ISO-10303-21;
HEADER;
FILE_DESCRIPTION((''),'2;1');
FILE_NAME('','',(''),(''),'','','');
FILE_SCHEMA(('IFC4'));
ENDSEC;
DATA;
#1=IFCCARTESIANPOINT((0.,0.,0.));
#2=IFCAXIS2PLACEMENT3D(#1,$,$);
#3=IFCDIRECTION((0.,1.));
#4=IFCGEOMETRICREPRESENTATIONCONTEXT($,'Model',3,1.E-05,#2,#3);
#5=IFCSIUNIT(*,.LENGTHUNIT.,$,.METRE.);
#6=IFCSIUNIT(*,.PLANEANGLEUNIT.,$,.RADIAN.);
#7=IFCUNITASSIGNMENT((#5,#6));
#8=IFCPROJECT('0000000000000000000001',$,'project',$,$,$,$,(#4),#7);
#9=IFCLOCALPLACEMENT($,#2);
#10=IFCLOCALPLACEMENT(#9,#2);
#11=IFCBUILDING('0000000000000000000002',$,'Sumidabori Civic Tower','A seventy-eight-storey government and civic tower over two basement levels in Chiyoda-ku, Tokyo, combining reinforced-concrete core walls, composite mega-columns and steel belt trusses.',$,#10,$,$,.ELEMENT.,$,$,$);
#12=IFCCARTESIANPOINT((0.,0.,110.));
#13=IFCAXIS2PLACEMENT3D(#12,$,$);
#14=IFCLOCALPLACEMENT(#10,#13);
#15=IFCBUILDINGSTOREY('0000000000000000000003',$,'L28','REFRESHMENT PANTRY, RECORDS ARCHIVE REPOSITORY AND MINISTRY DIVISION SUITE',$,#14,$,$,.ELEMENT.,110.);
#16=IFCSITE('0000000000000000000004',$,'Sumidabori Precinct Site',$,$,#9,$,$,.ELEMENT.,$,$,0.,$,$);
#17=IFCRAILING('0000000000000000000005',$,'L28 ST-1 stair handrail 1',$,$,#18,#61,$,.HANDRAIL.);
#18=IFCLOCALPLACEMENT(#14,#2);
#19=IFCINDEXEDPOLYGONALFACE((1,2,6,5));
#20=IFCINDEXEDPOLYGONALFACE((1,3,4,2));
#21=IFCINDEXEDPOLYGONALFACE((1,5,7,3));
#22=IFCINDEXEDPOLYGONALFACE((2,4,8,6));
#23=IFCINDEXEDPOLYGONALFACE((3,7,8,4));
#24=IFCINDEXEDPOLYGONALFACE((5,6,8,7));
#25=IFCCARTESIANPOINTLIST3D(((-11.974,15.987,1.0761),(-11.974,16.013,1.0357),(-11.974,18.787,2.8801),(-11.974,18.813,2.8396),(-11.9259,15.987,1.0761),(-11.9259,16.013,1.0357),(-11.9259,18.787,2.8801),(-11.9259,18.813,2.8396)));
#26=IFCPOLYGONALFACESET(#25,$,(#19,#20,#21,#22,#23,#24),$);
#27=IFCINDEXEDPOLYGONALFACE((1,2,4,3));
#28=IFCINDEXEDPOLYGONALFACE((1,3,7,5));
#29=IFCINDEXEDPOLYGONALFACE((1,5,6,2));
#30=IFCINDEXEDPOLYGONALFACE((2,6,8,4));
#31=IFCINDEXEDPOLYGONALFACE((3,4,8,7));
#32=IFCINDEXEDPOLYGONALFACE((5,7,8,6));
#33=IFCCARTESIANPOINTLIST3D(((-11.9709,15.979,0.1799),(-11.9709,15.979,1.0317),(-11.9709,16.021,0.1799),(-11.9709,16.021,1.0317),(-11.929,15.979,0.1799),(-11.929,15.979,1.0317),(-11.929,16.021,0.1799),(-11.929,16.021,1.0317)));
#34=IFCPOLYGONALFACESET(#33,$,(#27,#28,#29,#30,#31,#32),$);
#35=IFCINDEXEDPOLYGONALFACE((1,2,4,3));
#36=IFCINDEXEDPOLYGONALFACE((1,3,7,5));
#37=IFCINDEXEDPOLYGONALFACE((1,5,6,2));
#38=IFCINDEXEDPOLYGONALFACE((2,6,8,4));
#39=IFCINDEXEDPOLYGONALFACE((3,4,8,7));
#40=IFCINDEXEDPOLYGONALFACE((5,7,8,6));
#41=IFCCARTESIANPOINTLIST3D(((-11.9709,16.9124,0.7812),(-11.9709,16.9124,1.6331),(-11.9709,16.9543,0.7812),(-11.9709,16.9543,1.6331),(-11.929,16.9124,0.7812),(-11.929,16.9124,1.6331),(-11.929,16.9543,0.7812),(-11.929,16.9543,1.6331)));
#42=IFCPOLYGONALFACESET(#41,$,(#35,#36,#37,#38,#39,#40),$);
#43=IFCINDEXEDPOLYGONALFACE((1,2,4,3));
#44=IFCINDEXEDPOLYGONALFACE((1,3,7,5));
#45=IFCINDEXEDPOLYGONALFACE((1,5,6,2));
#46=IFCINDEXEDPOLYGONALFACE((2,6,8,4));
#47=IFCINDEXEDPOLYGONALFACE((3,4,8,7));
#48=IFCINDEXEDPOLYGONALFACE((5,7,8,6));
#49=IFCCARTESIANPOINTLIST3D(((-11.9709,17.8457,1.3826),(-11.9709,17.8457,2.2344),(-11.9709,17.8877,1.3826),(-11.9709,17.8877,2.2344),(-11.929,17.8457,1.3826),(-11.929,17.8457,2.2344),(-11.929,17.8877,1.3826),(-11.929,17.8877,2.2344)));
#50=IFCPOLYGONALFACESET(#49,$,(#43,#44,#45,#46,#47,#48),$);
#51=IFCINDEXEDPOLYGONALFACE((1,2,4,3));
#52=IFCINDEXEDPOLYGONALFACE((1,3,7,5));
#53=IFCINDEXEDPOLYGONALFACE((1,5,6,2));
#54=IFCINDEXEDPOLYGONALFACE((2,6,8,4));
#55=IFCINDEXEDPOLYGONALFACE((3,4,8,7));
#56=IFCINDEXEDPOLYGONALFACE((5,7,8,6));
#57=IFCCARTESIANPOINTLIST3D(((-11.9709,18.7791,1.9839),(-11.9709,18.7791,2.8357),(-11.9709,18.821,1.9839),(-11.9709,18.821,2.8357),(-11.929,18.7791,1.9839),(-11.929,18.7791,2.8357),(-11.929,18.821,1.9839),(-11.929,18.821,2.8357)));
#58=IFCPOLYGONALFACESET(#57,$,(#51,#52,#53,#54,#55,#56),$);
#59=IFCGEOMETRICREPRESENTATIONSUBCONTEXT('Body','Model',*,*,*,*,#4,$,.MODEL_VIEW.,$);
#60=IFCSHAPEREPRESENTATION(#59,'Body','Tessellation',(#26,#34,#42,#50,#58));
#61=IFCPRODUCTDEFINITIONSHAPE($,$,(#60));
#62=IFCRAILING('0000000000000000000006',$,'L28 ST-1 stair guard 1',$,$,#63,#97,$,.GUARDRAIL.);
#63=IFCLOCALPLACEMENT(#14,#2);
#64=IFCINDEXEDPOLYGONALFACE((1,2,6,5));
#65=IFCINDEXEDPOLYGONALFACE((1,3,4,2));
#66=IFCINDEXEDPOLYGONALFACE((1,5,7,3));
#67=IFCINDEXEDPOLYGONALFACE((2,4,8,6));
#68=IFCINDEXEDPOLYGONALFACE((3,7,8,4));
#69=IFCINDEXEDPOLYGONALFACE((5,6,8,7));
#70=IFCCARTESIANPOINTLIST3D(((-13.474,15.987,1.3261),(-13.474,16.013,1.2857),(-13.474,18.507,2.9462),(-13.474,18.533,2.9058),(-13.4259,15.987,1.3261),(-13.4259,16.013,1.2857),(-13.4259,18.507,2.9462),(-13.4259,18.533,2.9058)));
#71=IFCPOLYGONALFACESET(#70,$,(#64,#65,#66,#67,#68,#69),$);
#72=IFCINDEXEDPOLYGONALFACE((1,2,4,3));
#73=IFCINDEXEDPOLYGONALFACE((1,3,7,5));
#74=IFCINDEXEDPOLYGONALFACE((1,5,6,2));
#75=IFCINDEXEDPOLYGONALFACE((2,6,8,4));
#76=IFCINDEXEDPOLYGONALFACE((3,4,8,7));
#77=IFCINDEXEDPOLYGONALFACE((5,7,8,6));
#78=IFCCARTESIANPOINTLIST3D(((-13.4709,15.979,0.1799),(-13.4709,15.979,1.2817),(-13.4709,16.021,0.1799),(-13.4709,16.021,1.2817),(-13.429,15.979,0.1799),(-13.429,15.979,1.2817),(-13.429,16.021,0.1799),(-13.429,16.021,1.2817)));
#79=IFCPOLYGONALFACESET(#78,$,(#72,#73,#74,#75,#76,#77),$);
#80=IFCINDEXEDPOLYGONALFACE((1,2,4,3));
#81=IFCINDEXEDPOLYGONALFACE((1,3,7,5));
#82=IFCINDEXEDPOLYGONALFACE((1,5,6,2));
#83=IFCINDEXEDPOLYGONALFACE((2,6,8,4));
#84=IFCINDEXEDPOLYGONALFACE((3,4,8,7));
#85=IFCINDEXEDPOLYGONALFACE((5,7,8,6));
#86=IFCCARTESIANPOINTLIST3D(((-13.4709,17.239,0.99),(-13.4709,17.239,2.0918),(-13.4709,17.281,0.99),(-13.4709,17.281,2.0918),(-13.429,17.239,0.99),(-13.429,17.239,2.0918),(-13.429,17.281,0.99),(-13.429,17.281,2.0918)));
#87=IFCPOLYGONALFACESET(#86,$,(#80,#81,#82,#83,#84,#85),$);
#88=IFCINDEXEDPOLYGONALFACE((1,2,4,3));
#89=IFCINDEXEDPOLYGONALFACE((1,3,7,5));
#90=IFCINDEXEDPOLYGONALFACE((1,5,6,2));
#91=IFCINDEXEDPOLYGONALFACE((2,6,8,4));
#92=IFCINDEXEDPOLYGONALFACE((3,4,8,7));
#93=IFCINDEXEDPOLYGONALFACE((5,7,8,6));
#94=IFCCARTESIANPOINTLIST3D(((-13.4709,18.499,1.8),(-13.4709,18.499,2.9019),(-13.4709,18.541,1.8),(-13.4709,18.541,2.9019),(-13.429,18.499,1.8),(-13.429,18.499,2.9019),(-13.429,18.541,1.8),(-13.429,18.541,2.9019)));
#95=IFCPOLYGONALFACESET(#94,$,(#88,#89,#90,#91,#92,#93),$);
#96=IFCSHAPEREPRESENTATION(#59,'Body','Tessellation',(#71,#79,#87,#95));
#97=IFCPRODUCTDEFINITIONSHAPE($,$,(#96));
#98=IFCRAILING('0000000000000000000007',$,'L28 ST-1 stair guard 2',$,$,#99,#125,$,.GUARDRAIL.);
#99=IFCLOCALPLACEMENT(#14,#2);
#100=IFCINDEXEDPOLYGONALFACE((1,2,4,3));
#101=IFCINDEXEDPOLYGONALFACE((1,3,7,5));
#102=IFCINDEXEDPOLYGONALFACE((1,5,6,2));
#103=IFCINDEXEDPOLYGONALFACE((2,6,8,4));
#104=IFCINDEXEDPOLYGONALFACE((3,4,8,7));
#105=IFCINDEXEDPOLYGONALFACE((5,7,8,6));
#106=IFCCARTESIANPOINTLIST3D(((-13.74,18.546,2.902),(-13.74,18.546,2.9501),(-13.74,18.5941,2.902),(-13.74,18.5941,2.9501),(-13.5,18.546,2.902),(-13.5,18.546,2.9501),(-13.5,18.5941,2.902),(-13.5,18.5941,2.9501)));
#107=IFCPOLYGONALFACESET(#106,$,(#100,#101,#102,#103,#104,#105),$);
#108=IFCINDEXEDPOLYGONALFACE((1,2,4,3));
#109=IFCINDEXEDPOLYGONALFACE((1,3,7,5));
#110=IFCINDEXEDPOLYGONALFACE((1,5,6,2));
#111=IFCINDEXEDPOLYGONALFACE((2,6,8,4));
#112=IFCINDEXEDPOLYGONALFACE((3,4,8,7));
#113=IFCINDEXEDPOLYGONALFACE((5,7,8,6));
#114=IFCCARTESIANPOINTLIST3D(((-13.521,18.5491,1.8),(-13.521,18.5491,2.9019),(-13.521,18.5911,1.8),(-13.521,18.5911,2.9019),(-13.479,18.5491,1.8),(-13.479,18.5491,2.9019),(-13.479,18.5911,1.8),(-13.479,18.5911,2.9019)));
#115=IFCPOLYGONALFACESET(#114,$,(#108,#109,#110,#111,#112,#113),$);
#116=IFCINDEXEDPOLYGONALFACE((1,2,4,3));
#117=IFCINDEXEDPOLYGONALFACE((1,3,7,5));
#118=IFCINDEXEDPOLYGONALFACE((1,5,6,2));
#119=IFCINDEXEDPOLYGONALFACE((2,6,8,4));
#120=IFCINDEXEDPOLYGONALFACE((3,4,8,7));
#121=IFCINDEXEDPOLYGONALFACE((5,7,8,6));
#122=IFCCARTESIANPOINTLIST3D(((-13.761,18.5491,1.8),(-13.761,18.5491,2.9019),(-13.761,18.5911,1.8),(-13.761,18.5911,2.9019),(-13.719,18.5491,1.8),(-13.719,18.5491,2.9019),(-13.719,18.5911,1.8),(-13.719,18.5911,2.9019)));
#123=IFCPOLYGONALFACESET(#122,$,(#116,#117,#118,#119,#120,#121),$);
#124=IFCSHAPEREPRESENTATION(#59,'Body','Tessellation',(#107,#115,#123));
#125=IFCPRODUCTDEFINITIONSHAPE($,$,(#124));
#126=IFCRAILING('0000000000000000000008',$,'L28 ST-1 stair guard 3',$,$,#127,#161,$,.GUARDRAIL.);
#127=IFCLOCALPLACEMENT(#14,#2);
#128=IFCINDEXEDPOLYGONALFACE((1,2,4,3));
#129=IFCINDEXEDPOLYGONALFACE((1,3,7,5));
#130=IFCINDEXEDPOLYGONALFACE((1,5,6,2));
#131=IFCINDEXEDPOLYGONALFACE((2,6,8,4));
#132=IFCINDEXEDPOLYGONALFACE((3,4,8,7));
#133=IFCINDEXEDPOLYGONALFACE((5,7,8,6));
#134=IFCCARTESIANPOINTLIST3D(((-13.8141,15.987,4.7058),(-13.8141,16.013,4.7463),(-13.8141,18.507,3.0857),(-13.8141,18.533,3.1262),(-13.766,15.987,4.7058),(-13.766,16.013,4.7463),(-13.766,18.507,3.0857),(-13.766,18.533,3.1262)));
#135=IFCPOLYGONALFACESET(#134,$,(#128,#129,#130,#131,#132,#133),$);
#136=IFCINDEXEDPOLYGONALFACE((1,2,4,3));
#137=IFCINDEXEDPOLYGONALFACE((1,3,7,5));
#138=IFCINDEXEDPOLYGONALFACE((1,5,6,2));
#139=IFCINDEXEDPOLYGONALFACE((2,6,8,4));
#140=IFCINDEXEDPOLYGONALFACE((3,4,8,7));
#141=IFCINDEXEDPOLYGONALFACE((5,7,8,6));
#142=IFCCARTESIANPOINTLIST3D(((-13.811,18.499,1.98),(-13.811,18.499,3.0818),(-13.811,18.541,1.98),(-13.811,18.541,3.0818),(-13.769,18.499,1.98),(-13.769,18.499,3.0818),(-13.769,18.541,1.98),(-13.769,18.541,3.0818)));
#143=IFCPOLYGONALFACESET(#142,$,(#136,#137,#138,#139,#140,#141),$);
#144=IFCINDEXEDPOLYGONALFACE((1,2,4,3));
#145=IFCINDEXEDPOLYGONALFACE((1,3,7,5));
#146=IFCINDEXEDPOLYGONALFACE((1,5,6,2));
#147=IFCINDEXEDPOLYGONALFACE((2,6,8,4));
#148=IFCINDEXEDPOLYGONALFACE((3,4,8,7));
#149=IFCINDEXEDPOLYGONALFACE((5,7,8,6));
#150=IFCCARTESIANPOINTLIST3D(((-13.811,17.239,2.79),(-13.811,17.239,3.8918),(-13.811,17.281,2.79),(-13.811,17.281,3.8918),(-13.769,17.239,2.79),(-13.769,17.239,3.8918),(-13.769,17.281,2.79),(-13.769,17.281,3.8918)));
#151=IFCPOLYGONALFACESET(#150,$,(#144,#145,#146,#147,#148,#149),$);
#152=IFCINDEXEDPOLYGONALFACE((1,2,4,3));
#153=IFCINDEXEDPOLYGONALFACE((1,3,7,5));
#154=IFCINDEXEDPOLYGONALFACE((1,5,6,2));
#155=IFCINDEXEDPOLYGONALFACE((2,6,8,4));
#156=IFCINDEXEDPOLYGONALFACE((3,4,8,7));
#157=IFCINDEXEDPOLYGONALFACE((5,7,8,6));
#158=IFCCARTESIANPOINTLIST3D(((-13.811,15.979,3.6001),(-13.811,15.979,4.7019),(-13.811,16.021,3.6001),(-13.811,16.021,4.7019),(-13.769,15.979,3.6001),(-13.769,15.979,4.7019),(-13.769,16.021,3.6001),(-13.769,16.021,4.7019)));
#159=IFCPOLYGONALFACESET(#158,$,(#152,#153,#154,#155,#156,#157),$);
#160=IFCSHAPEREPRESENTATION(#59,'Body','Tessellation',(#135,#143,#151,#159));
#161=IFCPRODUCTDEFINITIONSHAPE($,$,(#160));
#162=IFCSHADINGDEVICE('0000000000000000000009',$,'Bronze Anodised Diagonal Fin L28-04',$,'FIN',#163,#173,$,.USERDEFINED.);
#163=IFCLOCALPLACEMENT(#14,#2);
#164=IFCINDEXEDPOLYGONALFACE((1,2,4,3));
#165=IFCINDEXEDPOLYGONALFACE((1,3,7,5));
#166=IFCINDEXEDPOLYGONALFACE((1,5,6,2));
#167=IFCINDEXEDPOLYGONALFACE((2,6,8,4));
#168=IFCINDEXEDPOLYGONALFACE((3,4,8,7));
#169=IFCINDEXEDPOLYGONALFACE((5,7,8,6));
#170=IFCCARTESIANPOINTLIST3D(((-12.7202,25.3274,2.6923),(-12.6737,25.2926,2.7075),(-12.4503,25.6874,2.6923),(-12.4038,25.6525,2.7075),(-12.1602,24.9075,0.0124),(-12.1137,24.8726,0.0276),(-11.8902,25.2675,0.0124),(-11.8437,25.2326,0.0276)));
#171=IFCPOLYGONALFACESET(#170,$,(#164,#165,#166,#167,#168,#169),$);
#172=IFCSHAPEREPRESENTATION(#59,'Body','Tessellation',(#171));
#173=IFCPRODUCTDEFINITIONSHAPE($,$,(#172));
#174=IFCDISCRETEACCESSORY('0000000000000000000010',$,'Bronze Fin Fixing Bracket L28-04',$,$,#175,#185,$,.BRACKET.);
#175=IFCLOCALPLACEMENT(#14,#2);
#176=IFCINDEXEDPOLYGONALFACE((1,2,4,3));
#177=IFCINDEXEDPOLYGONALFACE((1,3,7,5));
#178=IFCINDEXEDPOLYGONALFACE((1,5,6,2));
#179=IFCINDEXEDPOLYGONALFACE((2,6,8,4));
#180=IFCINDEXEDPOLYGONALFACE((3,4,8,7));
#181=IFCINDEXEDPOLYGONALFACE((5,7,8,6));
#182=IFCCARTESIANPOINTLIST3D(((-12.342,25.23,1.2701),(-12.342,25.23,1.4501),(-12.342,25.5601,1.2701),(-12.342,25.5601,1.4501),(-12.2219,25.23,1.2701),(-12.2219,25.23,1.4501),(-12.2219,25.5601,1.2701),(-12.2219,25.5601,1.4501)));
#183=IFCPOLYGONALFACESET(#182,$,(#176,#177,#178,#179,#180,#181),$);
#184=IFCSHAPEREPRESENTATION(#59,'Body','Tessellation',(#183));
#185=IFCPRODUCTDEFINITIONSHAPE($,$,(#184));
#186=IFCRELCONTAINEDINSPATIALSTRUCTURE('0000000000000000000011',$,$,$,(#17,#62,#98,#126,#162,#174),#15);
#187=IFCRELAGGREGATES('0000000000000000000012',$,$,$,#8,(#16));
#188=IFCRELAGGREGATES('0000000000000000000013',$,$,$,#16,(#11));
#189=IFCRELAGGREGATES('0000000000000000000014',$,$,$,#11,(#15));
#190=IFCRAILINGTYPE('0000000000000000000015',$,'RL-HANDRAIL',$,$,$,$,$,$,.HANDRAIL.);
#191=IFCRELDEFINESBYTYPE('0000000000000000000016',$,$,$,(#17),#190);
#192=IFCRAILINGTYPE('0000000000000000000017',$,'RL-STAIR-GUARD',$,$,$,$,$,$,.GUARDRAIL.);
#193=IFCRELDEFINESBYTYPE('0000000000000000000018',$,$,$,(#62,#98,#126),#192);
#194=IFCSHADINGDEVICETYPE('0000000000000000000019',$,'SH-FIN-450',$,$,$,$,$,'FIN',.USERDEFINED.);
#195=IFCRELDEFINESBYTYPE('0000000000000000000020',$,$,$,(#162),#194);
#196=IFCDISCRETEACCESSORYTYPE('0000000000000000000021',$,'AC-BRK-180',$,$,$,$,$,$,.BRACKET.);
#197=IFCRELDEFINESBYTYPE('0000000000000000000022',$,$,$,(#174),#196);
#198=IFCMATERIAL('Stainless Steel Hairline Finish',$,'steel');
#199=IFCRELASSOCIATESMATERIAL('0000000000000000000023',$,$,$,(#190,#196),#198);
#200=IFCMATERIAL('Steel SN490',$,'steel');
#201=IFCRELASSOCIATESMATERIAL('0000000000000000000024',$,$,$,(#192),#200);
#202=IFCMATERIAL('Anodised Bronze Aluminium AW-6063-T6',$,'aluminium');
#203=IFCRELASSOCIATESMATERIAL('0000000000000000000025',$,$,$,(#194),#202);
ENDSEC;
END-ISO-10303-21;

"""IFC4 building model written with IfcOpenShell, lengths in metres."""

from ifc_helpers import new_model, si_unit, direction, frame, origin, origin_2d, place, context, subcontext, project, spatial, rectangle, extrude, source, transform, mapped, material, material_profile, profile_set, type_object, element, save


model = new_model("IFC4")

# Units and contexts
model_context = context("Model", 3, precision=1e-05, world=origin(), true_north=direction((0.0, 1.0)))
body_context = subcontext(model_context, "Body", "Model", "MODEL_VIEW")
ifc_project = project(units=[si_unit("LENGTHUNIT", "METRE"), si_unit("PLANEANGLEUNIT", "RADIAN")], contexts=[model_context])

# Site, building, storey
site_placement = place(None, origin())
site = spatial("IfcSite", under=ifc_project, at=site_placement, Name="Sumidabori Precinct Site", CompositionType="ELEMENT", RefElevation=0.0)
building_placement = place(site_placement, origin())
building = spatial("IfcBuilding", under=site, at=building_placement, Name="Sumidabori Civic Tower", Description="A seventy-eight-storey government and civic tower over two basement levels in Chiyoda-ku, Tokyo, combining reinforced-concrete core walls, composite mega-columns and steel belt trusses.", CompositionType="ELEMENT")
storey_placement = place(building_placement, frame((0.0, 0.0, 110.0)))
storey = spatial("IfcBuildingStorey", under=building, at=storey_placement, Name="L28", Description="REFRESHMENT PANTRY, RECORDS ARCHIVE REPOSITORY AND MINISTRY DIVISION SUITE", CompositionType="ELEMENT", Elevation=110.0)

# Shared definitions
ifc_material_1 = material(Name="Anodised Bronze Aluminium AW-6063-T6", Category="aluminium")

# Railings
ifc_material_2 = material(Name="Stainless Steel Hairline Finish", Category="steel")
railing_type_1 = type_object("IfcRailingType", Name="RL-HANDRAIL", PredefinedType="HANDRAIL", material=ifc_material_2)
railing_1_placement = place(storey_placement, frame((-11.95, 16.0, 0.1799)))
element("IfcRailing", 1, at=railing_1_placement, inside=storey, type_object=railing_type_1, Name="L28 ST-1 stair handrail 1", PredefinedType="HANDRAIL", context=body_context, shape_type="SweptSolid", body=[
    extrude(rectangle(XDim=0.0481, YDim=0.0481, at=origin_2d()), frame((0.0, 0.0, 0.876), z_axis=(0.0, 0.840642, 0.541591), x_axis=(-1.0, 0.0, 0.0)), (0.0, 0.0, 1.0), 3.3308),
    extrude(rectangle(XDim=0.042, YDim=0.042, at=origin_2d()), origin(), (0.0, 0.0, 1.0), 0.8518),
    extrude(rectangle(XDim=0.042, YDim=0.042, at=origin_2d()), frame((0.0, 0.9333, 0.6013)), (0.0, 0.0, 1.0), 0.8518),
    extrude(rectangle(XDim=0.042, YDim=0.042, at=origin_2d()), frame((0.0, 1.8667, 1.2026)), (0.0, 0.0, 1.0), 0.8518),
    extrude(rectangle(XDim=0.042, YDim=0.042, at=origin_2d()), frame((0.0, 2.8, 1.804)), (0.0, 0.0, 1.0), 0.8518),
])
ifc_material_3 = material(Name="Steel SN490", Category="steel")
railing_type_2 = type_object("IfcRailingType", Name="RL-STAIR-GUARD", PredefinedType="GUARDRAIL", material=ifc_material_3)
railing_2_placement = place(storey_placement, frame((-13.45, 16.0, 0.1799)))
element("IfcRailing", 2, at=railing_2_placement, inside=storey, type_object=railing_type_2, Name="L28 ST-1 stair guard 1", PredefinedType="GUARDRAIL", context=body_context, shape_type="SweptSolid", body=[
    extrude(rectangle(XDim=0.0481, YDim=0.0481, at=origin_2d()), frame((0.0, 0.0, 1.126), z_axis=(0.0, 0.841163, 0.540782), x_axis=(-1.0, 0.0, 0.0)), (0.0, 0.0, 1.0), 2.9958),
    extrude(rectangle(XDim=0.042, YDim=0.042, at=origin_2d()), origin(), (0.0, 0.0, 1.0), 1.1018),
    extrude(rectangle(XDim=0.042, YDim=0.042, at=origin_2d()), frame((0.0, 1.26, 0.8101)), (0.0, 0.0, 1.0), 1.1018),
    extrude(rectangle(XDim=0.042, YDim=0.042, at=origin_2d()), frame((0.0, 2.52, 1.6201)), (0.0, 0.0, 1.0), 1.1018),
])
railing_3_placement = place(storey_placement, frame((-13.5, 18.5701, 1.8)))
element("IfcRailing", 3, at=railing_3_placement, inside=storey, type_object=railing_type_2, Name="L28 ST-1 stair guard 2", PredefinedType="GUARDRAIL", context=body_context, shape_type="SweptSolid", body=[
    extrude(rectangle(XDim=0.0481, YDim=0.0481, at=origin_2d()), frame((0.0, 0.0, 1.126), z_axis=(-1.0, 0.0, 0.0), x_axis=(0.0, -1.0, 0.0)), (0.0, 0.0, 1.0), 0.24),
    extrude(rectangle(XDim=0.042, YDim=0.042, at=origin_2d()), origin(), (0.0, 0.0, 1.0), 1.1018),
    extrude(rectangle(XDim=0.042, YDim=0.042, at=origin_2d()), frame((-0.24, 0.0, 0.0)), (0.0, 0.0, 1.0), 1.1018),
])
railing_4_placement = place(storey_placement, frame((-13.79, 18.52, 1.98)))
element("IfcRailing", 4, at=railing_4_placement, inside=storey, type_object=railing_type_2, Name="L28 ST-1 stair guard 3", PredefinedType="GUARDRAIL", context=body_context, shape_type="SweptSolid", body=[
    extrude(rectangle(XDim=0.0481, YDim=0.0481, at=origin_2d()), frame((0.0, 0.0, 1.126), z_axis=(0.0, -0.841163, 0.540782), x_axis=(1.0, 0.0, 0.0)), (0.0, 0.0, 1.0), 2.9958),
    extrude(rectangle(XDim=0.042, YDim=0.042, at=origin_2d()), origin(), (0.0, 0.0, 1.0), 1.1018),
    extrude(rectangle(XDim=0.042, YDim=0.042, at=origin_2d()), frame((0.0, -1.26, 0.8101)), (0.0, 0.0, 1.0), 1.1018),
    extrude(rectangle(XDim=0.042, YDim=0.042, at=origin_2d()), frame((0.0, -2.52, 1.6201)), (0.0, 0.0, 1.0), 1.1018),
])

# Shading device
ifc_material_profile_1 = material_profile(ifc_material_1, rectangle(XDim=0.0601, YDim=0.45, at=origin_2d()), Name="BRONZE FIN 450x60")
ifc_profile_set_1 = profile_set([ifc_material_profile_1], Name="Anodised Bronze Aluminium AW-6063-T6")
shading_device_type = type_object("IfcShadingDeviceType", Name="SH-FIN-450", ElementType="FIN", PredefinedType="USERDEFINED", material=ifc_profile_set_1)
shared_shape_1 = source(origin(), body_context, "Body", "SweptSolid", [
    extrude(rectangle(XDim=0.0601, YDim=0.45, at=origin_2d()), origin(), (0.0, 0.0, 1.0), 2.7698),
])
shading_device_placement = place(storey_placement, frame((-12.002, 25.0701, 0.02), z_axis=(-0.202199, 0.151605, 0.967539), x_axis=(0.774112, -0.580415, 0.252722)))
element("IfcShadingDevice", 5, at=shading_device_placement, inside=storey, type_object=shading_device_type, Name="Bronze Anodised Diagonal Fin L28-04", ObjectType="FIN", PredefinedType="USERDEFINED", context=body_context, shape_type="MappedRepresentation", body=[
    mapped(shared_shape_1, transform((0.0, 0.0, 0.0), x_axis=(1.0, 0.0, 0.0), y_axis=(0.0, 1.0, 0.0), z_axis=(0.0, 0.0, 1.0), scale=1.0)),
])

# Discrete accessory
ifc_material_profile_2 = material_profile(ifc_material_2, rectangle(XDim=0.1201, YDim=0.1799, at=origin_2d()), Name="STEEL BRACKET 180x120")
ifc_profile_set_2 = profile_set([ifc_material_profile_2], Name="Stainless Steel Hairline Finish")
discrete_accessory_type = type_object("IfcDiscreteAccessoryType", Name="AC-BRK-180", PredefinedType="BRACKET", material=ifc_profile_set_2)
shared_shape_2 = source(origin(), body_context, "Body", "SweptSolid", [
    extrude(rectangle(XDim=0.1201, YDim=0.1799, at=origin_2d()), origin(), (0.0, 0.0, 1.0), 0.3301),
])
discrete_accessory_placement = place(storey_placement, frame((-12.282, 25.23, 1.3601), z_axis=(0.0, 1.0, 0.0), x_axis=(-1.0, 0.0, 0.0)))
element("IfcDiscreteAccessory", 6, at=discrete_accessory_placement, inside=storey, type_object=discrete_accessory_type, Name="Bronze Fin Fixing Bracket L28-04", PredefinedType="BRACKET", context=body_context, shape_type="MappedRepresentation", body=[
    mapped(shared_shape_2, transform((0.0, 0.0, 0.0), x_axis=(1.0, 0.0, 0.0), y_axis=(0.0, 1.0, 0.0), z_axis=(0.0, 0.0, 1.0), scale=1.0)),
])

save(model, "model.ifc")
